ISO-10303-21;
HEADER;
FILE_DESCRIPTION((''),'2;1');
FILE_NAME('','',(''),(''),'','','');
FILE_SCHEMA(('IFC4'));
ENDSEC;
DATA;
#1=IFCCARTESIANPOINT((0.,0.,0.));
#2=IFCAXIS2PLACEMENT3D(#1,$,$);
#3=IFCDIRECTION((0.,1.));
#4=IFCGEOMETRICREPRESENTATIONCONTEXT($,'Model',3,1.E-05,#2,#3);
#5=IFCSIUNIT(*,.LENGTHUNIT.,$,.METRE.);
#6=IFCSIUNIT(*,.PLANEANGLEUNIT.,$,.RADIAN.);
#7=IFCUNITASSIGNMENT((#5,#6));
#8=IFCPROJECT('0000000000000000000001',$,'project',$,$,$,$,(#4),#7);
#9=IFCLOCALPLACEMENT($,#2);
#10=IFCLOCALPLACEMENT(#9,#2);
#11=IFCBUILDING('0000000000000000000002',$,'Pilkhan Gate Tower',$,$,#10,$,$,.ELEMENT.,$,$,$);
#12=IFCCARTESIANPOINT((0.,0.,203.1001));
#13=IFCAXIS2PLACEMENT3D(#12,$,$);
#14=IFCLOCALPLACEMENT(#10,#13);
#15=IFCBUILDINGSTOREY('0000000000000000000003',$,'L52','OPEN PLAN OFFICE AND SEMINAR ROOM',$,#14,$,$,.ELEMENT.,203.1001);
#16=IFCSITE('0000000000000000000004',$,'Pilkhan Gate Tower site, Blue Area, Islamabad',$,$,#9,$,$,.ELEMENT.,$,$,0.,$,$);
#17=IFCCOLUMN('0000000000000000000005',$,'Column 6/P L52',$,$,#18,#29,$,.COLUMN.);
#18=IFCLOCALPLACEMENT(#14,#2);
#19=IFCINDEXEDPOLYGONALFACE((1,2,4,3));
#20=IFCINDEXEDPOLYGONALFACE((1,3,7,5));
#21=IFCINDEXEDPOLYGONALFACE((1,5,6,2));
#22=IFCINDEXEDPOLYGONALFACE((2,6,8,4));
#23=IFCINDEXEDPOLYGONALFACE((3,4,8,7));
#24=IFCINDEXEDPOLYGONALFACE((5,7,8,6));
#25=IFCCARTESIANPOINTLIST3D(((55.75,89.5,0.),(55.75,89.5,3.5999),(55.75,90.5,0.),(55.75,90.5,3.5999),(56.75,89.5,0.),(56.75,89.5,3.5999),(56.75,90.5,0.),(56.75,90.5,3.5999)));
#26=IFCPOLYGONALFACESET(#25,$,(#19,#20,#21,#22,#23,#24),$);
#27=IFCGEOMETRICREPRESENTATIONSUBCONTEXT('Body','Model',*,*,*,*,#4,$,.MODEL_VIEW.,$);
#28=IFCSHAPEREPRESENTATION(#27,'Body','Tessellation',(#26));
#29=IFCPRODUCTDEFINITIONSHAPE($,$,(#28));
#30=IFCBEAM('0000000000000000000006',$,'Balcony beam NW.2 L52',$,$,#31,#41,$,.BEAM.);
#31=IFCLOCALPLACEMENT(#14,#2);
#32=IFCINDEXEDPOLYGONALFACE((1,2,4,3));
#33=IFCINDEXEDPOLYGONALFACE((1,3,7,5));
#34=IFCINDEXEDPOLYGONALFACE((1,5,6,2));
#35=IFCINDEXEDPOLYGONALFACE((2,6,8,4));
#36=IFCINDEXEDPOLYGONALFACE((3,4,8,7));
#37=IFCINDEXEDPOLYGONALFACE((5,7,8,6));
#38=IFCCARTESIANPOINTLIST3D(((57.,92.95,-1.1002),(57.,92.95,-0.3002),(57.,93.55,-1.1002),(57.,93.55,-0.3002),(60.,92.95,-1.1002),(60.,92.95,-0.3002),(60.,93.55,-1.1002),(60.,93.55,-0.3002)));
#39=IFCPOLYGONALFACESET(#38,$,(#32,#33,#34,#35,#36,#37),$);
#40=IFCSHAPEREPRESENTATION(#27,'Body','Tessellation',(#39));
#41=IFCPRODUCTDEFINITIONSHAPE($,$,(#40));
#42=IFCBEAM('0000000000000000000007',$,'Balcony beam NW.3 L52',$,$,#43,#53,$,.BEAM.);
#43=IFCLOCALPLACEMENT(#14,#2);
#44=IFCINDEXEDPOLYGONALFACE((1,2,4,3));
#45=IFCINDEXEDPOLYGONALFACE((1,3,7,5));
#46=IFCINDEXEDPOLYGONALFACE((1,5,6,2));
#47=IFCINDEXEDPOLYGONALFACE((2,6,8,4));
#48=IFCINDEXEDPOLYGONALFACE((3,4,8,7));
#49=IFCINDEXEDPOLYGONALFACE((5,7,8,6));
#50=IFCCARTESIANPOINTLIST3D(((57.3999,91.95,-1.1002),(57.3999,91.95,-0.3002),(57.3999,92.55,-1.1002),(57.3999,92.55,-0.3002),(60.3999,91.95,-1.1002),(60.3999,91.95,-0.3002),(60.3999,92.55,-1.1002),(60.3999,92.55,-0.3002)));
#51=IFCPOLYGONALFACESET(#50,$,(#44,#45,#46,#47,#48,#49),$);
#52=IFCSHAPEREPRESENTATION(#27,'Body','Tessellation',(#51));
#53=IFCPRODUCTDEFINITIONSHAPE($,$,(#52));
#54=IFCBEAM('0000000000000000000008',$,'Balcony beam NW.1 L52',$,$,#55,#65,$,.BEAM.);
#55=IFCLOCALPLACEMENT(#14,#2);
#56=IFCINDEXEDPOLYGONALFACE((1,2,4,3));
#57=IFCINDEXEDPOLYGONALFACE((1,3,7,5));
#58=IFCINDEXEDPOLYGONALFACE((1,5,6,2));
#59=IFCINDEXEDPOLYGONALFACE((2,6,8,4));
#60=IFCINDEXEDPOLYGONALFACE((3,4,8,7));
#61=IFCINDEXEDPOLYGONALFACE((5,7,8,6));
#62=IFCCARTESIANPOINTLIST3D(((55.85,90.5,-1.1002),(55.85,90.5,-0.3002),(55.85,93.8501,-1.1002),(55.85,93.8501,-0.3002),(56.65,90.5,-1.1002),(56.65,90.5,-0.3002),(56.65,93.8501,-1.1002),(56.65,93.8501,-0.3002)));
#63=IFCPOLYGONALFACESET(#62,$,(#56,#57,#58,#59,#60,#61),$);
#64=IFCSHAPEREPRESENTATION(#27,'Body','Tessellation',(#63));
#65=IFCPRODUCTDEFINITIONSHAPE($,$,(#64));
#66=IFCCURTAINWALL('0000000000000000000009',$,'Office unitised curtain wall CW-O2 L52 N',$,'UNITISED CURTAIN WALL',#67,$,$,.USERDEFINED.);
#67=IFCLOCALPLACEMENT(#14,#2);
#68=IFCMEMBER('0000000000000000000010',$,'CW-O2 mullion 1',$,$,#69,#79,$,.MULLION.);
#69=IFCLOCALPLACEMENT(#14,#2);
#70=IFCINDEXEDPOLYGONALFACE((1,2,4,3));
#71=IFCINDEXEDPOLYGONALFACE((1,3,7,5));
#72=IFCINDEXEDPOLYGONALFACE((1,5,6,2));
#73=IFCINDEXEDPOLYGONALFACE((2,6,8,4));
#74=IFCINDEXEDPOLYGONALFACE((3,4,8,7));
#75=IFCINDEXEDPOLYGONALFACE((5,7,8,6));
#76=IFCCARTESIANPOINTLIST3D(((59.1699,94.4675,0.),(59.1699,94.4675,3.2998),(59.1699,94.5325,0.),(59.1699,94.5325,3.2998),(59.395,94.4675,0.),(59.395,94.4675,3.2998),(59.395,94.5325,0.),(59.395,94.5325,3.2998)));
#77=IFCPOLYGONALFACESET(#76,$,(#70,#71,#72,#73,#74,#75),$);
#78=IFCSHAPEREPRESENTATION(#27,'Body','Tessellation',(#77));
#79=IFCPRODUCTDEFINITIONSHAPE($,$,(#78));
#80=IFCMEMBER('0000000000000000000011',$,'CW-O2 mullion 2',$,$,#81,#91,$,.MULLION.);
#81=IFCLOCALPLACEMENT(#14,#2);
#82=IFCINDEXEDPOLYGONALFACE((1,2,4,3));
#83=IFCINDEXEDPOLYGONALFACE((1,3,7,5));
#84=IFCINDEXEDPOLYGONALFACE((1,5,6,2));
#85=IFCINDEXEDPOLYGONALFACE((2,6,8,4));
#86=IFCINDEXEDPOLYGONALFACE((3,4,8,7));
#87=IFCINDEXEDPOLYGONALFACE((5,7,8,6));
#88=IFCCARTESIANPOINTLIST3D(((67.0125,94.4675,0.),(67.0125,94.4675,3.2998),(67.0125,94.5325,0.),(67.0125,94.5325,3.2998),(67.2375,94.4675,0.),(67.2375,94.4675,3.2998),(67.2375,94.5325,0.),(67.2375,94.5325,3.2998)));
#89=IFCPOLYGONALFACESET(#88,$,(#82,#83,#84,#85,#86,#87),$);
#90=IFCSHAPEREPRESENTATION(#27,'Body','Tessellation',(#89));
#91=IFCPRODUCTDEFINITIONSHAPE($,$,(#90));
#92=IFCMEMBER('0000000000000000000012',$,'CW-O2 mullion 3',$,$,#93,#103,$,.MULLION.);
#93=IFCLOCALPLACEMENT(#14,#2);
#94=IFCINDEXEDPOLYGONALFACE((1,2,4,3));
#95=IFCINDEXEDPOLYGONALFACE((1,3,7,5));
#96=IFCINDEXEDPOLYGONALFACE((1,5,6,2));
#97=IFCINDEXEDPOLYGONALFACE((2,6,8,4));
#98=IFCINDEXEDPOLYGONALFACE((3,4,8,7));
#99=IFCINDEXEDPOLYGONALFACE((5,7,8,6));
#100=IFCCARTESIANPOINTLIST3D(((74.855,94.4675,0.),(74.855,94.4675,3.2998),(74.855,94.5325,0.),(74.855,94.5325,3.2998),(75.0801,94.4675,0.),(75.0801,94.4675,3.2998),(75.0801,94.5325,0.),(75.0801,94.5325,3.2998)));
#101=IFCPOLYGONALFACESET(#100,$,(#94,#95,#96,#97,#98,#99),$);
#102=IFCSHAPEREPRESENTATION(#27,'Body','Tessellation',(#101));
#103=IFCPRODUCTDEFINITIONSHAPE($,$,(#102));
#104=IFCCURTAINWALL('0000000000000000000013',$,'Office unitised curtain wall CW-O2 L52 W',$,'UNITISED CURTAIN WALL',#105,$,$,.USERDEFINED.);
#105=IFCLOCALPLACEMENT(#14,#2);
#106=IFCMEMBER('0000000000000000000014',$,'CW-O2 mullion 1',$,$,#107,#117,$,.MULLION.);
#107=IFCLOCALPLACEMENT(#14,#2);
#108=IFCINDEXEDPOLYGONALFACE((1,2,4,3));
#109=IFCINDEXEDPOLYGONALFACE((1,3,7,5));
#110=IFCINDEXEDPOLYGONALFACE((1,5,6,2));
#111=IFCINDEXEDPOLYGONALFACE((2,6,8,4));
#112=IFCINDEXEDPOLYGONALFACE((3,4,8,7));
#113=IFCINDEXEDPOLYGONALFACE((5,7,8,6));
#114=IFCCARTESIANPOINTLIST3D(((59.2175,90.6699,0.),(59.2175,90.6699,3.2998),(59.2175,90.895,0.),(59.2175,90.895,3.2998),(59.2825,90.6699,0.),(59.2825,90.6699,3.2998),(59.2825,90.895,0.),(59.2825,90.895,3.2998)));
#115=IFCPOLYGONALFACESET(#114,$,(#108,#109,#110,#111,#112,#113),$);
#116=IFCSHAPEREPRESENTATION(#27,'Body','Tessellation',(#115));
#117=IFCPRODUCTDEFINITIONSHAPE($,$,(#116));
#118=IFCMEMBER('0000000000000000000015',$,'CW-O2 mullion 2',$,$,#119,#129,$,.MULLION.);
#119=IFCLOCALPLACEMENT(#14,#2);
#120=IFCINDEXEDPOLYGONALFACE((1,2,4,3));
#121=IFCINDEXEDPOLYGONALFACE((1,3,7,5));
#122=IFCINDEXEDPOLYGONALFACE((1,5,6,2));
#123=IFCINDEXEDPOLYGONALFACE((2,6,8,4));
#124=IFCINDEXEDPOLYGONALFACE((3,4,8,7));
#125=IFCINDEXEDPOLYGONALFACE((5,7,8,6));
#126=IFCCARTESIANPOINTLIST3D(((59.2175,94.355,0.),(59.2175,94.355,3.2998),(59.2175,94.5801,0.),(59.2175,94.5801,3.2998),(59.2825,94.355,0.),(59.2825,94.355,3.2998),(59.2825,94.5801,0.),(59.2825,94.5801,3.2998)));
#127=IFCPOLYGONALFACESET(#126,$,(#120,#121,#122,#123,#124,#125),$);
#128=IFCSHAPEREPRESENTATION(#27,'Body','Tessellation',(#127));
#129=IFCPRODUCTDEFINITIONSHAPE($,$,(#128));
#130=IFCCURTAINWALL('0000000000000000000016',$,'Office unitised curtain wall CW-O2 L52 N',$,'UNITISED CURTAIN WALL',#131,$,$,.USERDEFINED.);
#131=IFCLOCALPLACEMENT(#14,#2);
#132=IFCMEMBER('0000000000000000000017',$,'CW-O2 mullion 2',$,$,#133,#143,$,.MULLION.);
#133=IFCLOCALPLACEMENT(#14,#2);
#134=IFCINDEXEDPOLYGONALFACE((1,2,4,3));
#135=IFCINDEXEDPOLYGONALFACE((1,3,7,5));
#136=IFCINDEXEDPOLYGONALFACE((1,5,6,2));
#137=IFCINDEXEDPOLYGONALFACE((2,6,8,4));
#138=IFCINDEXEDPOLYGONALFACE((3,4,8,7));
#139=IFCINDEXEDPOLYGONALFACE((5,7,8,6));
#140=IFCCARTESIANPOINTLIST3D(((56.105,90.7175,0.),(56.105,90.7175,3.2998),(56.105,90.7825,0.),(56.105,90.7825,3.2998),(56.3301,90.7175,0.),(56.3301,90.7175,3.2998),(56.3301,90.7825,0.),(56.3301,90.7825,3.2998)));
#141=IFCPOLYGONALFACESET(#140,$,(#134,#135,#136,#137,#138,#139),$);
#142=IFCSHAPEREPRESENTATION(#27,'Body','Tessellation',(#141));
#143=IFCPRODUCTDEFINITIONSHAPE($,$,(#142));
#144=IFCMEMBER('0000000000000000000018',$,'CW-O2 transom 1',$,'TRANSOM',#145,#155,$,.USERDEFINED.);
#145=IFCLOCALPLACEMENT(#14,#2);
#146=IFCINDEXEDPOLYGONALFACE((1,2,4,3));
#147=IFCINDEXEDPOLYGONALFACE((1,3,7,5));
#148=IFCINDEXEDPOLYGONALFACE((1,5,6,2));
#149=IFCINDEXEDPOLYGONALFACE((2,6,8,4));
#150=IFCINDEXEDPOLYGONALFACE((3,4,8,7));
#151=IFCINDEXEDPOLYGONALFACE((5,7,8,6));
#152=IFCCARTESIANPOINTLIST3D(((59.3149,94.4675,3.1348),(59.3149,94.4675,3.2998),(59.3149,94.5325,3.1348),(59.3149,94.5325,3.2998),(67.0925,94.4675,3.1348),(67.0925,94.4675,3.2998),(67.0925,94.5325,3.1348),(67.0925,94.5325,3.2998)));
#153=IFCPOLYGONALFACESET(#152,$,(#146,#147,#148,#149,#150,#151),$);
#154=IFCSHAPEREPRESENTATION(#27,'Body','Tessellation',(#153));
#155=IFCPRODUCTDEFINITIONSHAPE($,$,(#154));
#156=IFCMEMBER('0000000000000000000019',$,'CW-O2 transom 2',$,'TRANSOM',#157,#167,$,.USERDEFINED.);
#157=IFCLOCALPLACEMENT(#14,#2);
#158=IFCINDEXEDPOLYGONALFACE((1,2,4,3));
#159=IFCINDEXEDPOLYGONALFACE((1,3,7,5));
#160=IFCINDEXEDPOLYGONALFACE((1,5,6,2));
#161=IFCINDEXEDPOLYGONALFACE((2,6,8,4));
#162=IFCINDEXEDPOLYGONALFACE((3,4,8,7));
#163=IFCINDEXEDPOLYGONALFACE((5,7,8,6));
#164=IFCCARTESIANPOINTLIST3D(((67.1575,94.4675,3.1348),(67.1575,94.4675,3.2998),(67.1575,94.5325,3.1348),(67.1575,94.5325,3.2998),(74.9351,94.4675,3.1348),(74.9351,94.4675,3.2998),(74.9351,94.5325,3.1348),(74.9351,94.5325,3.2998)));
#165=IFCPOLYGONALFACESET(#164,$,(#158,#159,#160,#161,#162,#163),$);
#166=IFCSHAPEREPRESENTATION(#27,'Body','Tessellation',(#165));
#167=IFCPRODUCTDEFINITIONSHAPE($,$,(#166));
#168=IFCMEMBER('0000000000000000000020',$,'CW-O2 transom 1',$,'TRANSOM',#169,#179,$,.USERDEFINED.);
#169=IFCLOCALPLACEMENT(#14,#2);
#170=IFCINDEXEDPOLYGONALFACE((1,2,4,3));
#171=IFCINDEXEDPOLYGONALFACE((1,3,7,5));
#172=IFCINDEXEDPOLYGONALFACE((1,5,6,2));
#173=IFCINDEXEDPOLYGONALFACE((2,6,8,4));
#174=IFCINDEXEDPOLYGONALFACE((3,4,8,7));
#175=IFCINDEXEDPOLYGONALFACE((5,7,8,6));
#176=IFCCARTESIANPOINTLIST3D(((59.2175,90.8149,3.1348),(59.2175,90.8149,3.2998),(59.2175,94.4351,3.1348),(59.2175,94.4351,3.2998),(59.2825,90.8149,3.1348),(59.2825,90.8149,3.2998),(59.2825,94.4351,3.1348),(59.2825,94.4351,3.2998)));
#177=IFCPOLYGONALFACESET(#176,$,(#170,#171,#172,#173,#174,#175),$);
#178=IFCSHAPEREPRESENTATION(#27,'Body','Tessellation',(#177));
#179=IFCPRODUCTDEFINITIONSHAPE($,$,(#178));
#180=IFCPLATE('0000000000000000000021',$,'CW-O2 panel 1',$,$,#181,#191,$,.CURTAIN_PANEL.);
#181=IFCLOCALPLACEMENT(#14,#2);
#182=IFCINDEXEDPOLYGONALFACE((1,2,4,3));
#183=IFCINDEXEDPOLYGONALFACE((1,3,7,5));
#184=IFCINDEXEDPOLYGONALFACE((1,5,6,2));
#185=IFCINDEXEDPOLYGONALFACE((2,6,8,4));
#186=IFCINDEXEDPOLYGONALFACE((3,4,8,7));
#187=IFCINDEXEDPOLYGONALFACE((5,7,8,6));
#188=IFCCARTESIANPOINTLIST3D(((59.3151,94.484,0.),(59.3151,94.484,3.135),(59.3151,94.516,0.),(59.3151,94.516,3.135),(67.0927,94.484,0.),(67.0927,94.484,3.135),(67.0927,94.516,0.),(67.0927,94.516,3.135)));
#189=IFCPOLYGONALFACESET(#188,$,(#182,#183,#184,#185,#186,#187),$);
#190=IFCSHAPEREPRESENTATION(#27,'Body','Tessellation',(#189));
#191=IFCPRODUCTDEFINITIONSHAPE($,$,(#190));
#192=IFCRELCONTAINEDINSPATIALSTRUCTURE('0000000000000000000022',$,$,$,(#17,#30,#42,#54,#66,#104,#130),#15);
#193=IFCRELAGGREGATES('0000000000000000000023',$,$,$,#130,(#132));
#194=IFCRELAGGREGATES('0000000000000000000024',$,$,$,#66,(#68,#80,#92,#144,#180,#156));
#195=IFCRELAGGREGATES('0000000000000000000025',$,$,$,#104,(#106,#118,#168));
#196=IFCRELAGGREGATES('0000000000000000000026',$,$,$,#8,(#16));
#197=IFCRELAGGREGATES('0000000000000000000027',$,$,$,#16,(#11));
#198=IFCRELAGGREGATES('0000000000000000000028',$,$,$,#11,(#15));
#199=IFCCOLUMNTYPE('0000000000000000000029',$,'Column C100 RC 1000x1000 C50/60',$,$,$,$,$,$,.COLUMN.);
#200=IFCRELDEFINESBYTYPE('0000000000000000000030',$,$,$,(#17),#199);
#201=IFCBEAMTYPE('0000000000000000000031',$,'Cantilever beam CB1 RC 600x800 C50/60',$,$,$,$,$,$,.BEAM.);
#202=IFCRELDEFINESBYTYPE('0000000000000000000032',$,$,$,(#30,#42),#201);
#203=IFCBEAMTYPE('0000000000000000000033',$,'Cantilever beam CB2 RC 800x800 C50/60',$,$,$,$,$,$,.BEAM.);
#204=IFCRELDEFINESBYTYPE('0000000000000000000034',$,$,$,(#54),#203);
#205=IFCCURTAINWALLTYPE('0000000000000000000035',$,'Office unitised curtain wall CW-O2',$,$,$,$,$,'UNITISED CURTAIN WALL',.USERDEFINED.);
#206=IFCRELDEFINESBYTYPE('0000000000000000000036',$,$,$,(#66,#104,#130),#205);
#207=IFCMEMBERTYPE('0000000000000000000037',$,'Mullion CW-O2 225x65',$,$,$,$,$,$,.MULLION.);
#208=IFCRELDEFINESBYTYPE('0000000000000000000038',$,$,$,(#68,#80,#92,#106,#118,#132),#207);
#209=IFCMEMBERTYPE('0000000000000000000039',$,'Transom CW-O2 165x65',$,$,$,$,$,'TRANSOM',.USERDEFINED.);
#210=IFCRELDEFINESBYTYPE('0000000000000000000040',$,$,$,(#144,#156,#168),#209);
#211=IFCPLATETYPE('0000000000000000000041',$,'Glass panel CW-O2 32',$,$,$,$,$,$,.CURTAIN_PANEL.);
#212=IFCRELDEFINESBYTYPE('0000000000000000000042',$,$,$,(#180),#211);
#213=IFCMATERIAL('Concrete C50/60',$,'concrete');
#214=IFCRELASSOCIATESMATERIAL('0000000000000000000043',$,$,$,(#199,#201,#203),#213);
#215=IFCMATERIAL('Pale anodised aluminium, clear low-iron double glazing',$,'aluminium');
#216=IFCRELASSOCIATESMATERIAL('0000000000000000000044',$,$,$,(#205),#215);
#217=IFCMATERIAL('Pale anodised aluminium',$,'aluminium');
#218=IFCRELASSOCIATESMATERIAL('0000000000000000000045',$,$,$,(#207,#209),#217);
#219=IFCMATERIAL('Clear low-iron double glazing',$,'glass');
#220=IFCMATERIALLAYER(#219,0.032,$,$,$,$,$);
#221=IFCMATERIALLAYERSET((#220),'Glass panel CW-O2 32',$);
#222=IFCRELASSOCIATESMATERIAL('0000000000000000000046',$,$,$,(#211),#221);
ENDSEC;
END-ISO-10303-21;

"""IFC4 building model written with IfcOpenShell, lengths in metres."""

from ifc_helpers import new_model, si_unit, direction, frame, origin, origin_2d, place, context, subcontext, project, spatial, rectangle, extrude, material, layer, layer_set, material_profile, profile_set, type_object, element, aggregate, save


model = new_model("IFC4")

# Units and contexts
model_context = context("Model", 3, precision=1e-05, world=origin(), true_north=direction((0.0, 1.0)))
body_context = subcontext(model_context, "Body", "Model", "MODEL_VIEW")
ifc_project = project(units=[si_unit("LENGTHUNIT", "METRE"), si_unit("PLANEANGLEUNIT", "RADIAN")], contexts=[model_context])

# Site, building, storey
site_placement = place(None, origin())
site = spatial("IfcSite", under=ifc_project, at=site_placement, Name="Pilkhan Gate Tower site, Blue Area, Islamabad", CompositionType="ELEMENT", RefElevation=0.0)
building_placement = place(site_placement, origin())
building = spatial("IfcBuilding", under=site, at=building_placement, Name="Pilkhan Gate Tower", CompositionType="ELEMENT")
storey_placement = place(building_placement, frame((0.0, 0.0, 203.1001)))
storey = spatial("IfcBuildingStorey", under=building, at=storey_placement, Name="L52", Description="OPEN PLAN OFFICE AND SEMINAR ROOM", CompositionType="ELEMENT", Elevation=203.1001)

# Column
ifc_material_1 = material(Name="Concrete C50/60", Category="concrete")
ifc_material_profile_1 = material_profile(ifc_material_1, rectangle(XDim=1.0, YDim=1.0, at=origin_2d()), Name="RC 1000x1000")
ifc_profile_set_1 = profile_set([ifc_material_profile_1], Name="Concrete C50/60")
column_type = type_object("IfcColumnType", Name="Column C100 RC 1000x1000 C50/60", PredefinedType="COLUMN", material=ifc_profile_set_1)
column_placement = place(storey_placement, frame((56.25, 90.0, 0.0), z_axis=(0.0, 0.0, 1.0), x_axis=(1.0, 0.0, 0.0)))
element("IfcColumn", 1, at=column_placement, inside=storey, type_object=column_type, Name="Column 6/P L52", PredefinedType="COLUMN", context=body_context, shape_type="SweptSolid", body=[
    extrude(rectangle(XDim=1.0, YDim=1.0, at=origin_2d()), origin(), (0.0, 0.0, 1.0), 3.5999),
])

# Beams
ifc_material_profile_2 = material_profile(ifc_material_1, rectangle(XDim=0.6001, YDim=0.8, at=origin_2d()), Name="RC 600x800")
ifc_profile_set_2 = profile_set([ifc_material_profile_2], Name="Concrete C50/60")
beam_type_1 = type_object("IfcBeamType", Name="Cantilever beam CB1 RC 600x800 C50/60", PredefinedType="BEAM", material=ifc_profile_set_2)
for number, where, z_axis, x_axis, name in (
    (2, (60.0, 93.25, -0.7002), (-1.0, 0.0, 0.0), (0.0, -1.0, 0.0), "Balcony beam NW.2 L52"),
    (3, (60.3999, 92.25, -0.7002), (-1.0, 0.0, 0.0), (0.0, -1.0, 0.0), "Balcony beam NW.3 L52"),
):
    element("IfcBeam", number, at=place(storey_placement, frame(where, z_axis=z_axis, x_axis=x_axis)), inside=storey, type_object=beam_type_1, Name=name, PredefinedType="BEAM", context=body_context, shape_type="SweptSolid", body=[
        extrude(rectangle(XDim=0.6001, YDim=0.8, at=origin_2d()), origin(), (0.0, 0.0, 1.0), 3.0),
    ])
ifc_material_profile_3 = material_profile(ifc_material_1, rectangle(XDim=0.8, YDim=0.8, at=origin_2d()), Name="RC 800x800")
ifc_profile_set_3 = profile_set([ifc_material_profile_3], Name="Concrete C50/60")
beam_type_2 = type_object("IfcBeamType", Name="Cantilever beam CB2 RC 800x800 C50/60", PredefinedType="BEAM", material=ifc_profile_set_3)
beam_placement = place(storey_placement, frame((56.25, 90.5, -0.7002), z_axis=(0.0, 1.0, 0.0), x_axis=(-1.0, 0.0, 0.0)))
element("IfcBeam", 4, at=beam_placement, inside=storey, type_object=beam_type_2, Name="Balcony beam NW.1 L52", PredefinedType="BEAM", context=body_context, shape_type="SweptSolid", body=[
    extrude(rectangle(XDim=0.8, YDim=0.8, at=origin_2d()), origin(), (0.0, 0.0, 1.0), 3.3501),
])

# Curtain walls, members
ifc_material_2 = material(Name="Pale anodised aluminium, clear low-iron double glazing", Category="aluminium")
curtain_wall_type = type_object("IfcCurtainWallType", Name="Office unitised curtain wall CW-O2", ElementType="UNITISED CURTAIN WALL", PredefinedType="USERDEFINED", material=ifc_material_2)
curtain_wall_1_placement = place(storey_placement, origin())
curtain_wall_1 = element("IfcCurtainWall", 5, at=curtain_wall_1_placement, inside=storey, type_object=curtain_wall_type, Name="Office unitised curtain wall CW-O2 L52 N", ObjectType="UNITISED CURTAIN WALL", PredefinedType="USERDEFINED")
ifc_material_3 = material(Name="Pale anodised aluminium", Category="aluminium")
ifc_material_profile_4 = material_profile(ifc_material_3, rectangle(XDim=0.0649, YDim=0.2251, at=origin_2d()), Name="Mullion 225x65")
ifc_profile_set_4 = profile_set([ifc_material_profile_4], Name="Pale anodised aluminium")
member_type_1 = type_object("IfcMemberType", Name="Mullion CW-O2 225x65", PredefinedType="MULLION", material=ifc_profile_set_4)
member_1_placement = place(storey_placement, frame((59.2825, 94.5, 0.0), z_axis=(0.0, 0.0, 1.0), x_axis=(0.0, 1.0, 0.0)))
member_1 = element("IfcMember", 6, at=member_1_placement, type_object=member_type_1, Name="CW-O2 mullion 1", PredefinedType="MULLION", context=body_context, shape_type="SweptSolid", body=[
    extrude(rectangle(XDim=0.0649, YDim=0.2251, at=origin_2d()), origin(), (0.0, 0.0, 1.0), 3.2998),
])
member_2_placement = place(storey_placement, frame((67.125, 94.5, 0.0), z_axis=(0.0, 0.0, 1.0), x_axis=(0.0, 1.0, 0.0)))
member_2 = element("IfcMember", 7, at=member_2_placement, type_object=member_type_1, Name="CW-O2 mullion 2", PredefinedType="MULLION", context=body_context, shape_type="SweptSolid", body=[
    extrude(rectangle(XDim=0.0649, YDim=0.2251, at=origin_2d()), origin(), (0.0, 0.0, 1.0), 3.2998),
])
member_3_placement = place(storey_placement, frame((74.9675, 94.5, 0.0), z_axis=(0.0, 0.0, 1.0), x_axis=(0.0, 1.0, 0.0)))
member_3 = element("IfcMember", 8, at=member_3_placement, type_object=member_type_1, Name="CW-O2 mullion 3", PredefinedType="MULLION", context=body_context, shape_type="SweptSolid", body=[
    extrude(rectangle(XDim=0.0649, YDim=0.2251, at=origin_2d()), origin(), (0.0, 0.0, 1.0), 3.2998),
])
curtain_wall_2_placement = place(storey_placement, origin())
curtain_wall_2 = element("IfcCurtainWall", 9, at=curtain_wall_2_placement, inside=storey, type_object=curtain_wall_type, Name="Office unitised curtain wall CW-O2 L52 W", ObjectType="UNITISED CURTAIN WALL", PredefinedType="USERDEFINED")
member_4_placement = place(storey_placement, frame((59.25, 90.7825, 0.0), z_axis=(0.0, 0.0, 1.0), x_axis=(-1.0, 0.0, 0.0)))
member_4 = element("IfcMember", 10, at=member_4_placement, type_object=member_type_1, Name="CW-O2 mullion 1", PredefinedType="MULLION", context=body_context, shape_type="SweptSolid", body=[
    extrude(rectangle(XDim=0.0649, YDim=0.2251, at=origin_2d()), origin(), (0.0, 0.0, 1.0), 3.2998),
])
member_5_placement = place(storey_placement, frame((59.25, 94.4675, 0.0), z_axis=(0.0, 0.0, 1.0), x_axis=(-1.0, 0.0, 0.0)))
member_5 = element("IfcMember", 11, at=member_5_placement, type_object=member_type_1, Name="CW-O2 mullion 2", PredefinedType="MULLION", context=body_context, shape_type="SweptSolid", body=[
    extrude(rectangle(XDim=0.0649, YDim=0.2251, at=origin_2d()), origin(), (0.0, 0.0, 1.0), 3.2998),
])

# Curtain wall, member
curtain_wall_3_placement = place(storey_placement, origin())
curtain_wall_3 = element("IfcCurtainWall", 12, at=curtain_wall_3_placement, inside=storey, type_object=curtain_wall_type, Name="Office unitised curtain wall CW-O2 L52 N", ObjectType="UNITISED CURTAIN WALL", PredefinedType="USERDEFINED")
member_6_placement = place(storey_placement, frame((56.2175, 90.75, 0.0), z_axis=(0.0, 0.0, 1.0), x_axis=(0.0, 1.0, 0.0)))
member_6 = element("IfcMember", 13, at=member_6_placement, type_object=member_type_1, Name="CW-O2 mullion 2", PredefinedType="MULLION", context=body_context, shape_type="SweptSolid", body=[
    extrude(rectangle(XDim=0.0649, YDim=0.2251, at=origin_2d()), origin(), (0.0, 0.0, 1.0), 3.2998),
])
aggregate(curtain_wall_3, [member_6])

# Members
ifc_material_profile_5 = material_profile(ifc_material_3, rectangle(XDim=0.0649, YDim=0.165, at=origin_2d()), Name="Transom 165x65")
ifc_profile_set_5 = profile_set([ifc_material_profile_5], Name="Pale anodised aluminium")
member_type_2 = type_object("IfcMemberType", Name="Transom CW-O2 165x65", ElementType="TRANSOM", PredefinedType="USERDEFINED", material=ifc_profile_set_5)
member_7_placement = place(storey_placement, frame((59.3149, 94.5, 3.2173), z_axis=(1.0, 0.0, 0.0), x_axis=(0.0, 1.0, 0.0)))
member_7 = element("IfcMember", 14, at=member_7_placement, type_object=member_type_2, Name="CW-O2 transom 1", ObjectType="TRANSOM", PredefinedType="USERDEFINED", context=body_context, shape_type="SweptSolid", body=[
    extrude(rectangle(XDim=0.0649, YDim=0.165, at=origin_2d()), origin(), (0.0, 0.0, 1.0), 7.7776),
])
member_8_placement = place(storey_placement, frame((67.1575, 94.5, 3.2173), z_axis=(1.0, 0.0, 0.0), x_axis=(0.0, 1.0, 0.0)))
member_8 = element("IfcMember", 15, at=member_8_placement, type_object=member_type_2, Name="CW-O2 transom 2", ObjectType="TRANSOM", PredefinedType="USERDEFINED", context=body_context, shape_type="SweptSolid", body=[
    extrude(rectangle(XDim=0.0649, YDim=0.165, at=origin_2d()), origin(), (0.0, 0.0, 1.0), 7.7776),
])
member_9_placement = place(storey_placement, frame((59.25, 90.8149, 3.2173), z_axis=(0.0, 1.0, 0.0), x_axis=(-1.0, 0.0, 0.0)))
member_9 = element("IfcMember", 16, at=member_9_placement, type_object=member_type_2, Name="CW-O2 transom 1", ObjectType="TRANSOM", PredefinedType="USERDEFINED", context=body_context, shape_type="SweptSolid", body=[
    extrude(rectangle(XDim=0.0649, YDim=0.165, at=origin_2d()), origin(), (0.0, 0.0, 1.0), 3.6201),
])

# Plate
ifc_material_4 = material(Name="Clear low-iron double glazing", Category="glass")
ifc_layer_1 = layer(ifc_material_4, 0.032)
ifc_layer_set_1 = layer_set([ifc_layer_1], Name="Glass panel CW-O2 32")
plate_type = type_object("IfcPlateType", Name="Glass panel CW-O2 32", PredefinedType="CURTAIN_PANEL", material=ifc_layer_set_1)
plate_1_placement = place(storey_placement, frame((63.2039, 94.5, 0.0), z_axis=(0.0, 0.0, 1.0), x_axis=(1.0, 0.0, 0.0)))
plate_1 = element("IfcPlate", 17, at=plate_1_placement, type_object=plate_type, Name="CW-O2 panel 1", PredefinedType="CURTAIN_PANEL", context=body_context, shape_type="SweptSolid", body=[
    extrude(rectangle(XDim=7.7776, YDim=0.032, at=origin_2d()), origin(), (0.0, 0.0, 1.0), 3.135),
])
aggregate(curtain_wall_1, [member_1, member_2, member_3, member_7, plate_1, member_8])
aggregate(curtain_wall_2, [member_4, member_5, member_9])

save(model, "model.ifc")
